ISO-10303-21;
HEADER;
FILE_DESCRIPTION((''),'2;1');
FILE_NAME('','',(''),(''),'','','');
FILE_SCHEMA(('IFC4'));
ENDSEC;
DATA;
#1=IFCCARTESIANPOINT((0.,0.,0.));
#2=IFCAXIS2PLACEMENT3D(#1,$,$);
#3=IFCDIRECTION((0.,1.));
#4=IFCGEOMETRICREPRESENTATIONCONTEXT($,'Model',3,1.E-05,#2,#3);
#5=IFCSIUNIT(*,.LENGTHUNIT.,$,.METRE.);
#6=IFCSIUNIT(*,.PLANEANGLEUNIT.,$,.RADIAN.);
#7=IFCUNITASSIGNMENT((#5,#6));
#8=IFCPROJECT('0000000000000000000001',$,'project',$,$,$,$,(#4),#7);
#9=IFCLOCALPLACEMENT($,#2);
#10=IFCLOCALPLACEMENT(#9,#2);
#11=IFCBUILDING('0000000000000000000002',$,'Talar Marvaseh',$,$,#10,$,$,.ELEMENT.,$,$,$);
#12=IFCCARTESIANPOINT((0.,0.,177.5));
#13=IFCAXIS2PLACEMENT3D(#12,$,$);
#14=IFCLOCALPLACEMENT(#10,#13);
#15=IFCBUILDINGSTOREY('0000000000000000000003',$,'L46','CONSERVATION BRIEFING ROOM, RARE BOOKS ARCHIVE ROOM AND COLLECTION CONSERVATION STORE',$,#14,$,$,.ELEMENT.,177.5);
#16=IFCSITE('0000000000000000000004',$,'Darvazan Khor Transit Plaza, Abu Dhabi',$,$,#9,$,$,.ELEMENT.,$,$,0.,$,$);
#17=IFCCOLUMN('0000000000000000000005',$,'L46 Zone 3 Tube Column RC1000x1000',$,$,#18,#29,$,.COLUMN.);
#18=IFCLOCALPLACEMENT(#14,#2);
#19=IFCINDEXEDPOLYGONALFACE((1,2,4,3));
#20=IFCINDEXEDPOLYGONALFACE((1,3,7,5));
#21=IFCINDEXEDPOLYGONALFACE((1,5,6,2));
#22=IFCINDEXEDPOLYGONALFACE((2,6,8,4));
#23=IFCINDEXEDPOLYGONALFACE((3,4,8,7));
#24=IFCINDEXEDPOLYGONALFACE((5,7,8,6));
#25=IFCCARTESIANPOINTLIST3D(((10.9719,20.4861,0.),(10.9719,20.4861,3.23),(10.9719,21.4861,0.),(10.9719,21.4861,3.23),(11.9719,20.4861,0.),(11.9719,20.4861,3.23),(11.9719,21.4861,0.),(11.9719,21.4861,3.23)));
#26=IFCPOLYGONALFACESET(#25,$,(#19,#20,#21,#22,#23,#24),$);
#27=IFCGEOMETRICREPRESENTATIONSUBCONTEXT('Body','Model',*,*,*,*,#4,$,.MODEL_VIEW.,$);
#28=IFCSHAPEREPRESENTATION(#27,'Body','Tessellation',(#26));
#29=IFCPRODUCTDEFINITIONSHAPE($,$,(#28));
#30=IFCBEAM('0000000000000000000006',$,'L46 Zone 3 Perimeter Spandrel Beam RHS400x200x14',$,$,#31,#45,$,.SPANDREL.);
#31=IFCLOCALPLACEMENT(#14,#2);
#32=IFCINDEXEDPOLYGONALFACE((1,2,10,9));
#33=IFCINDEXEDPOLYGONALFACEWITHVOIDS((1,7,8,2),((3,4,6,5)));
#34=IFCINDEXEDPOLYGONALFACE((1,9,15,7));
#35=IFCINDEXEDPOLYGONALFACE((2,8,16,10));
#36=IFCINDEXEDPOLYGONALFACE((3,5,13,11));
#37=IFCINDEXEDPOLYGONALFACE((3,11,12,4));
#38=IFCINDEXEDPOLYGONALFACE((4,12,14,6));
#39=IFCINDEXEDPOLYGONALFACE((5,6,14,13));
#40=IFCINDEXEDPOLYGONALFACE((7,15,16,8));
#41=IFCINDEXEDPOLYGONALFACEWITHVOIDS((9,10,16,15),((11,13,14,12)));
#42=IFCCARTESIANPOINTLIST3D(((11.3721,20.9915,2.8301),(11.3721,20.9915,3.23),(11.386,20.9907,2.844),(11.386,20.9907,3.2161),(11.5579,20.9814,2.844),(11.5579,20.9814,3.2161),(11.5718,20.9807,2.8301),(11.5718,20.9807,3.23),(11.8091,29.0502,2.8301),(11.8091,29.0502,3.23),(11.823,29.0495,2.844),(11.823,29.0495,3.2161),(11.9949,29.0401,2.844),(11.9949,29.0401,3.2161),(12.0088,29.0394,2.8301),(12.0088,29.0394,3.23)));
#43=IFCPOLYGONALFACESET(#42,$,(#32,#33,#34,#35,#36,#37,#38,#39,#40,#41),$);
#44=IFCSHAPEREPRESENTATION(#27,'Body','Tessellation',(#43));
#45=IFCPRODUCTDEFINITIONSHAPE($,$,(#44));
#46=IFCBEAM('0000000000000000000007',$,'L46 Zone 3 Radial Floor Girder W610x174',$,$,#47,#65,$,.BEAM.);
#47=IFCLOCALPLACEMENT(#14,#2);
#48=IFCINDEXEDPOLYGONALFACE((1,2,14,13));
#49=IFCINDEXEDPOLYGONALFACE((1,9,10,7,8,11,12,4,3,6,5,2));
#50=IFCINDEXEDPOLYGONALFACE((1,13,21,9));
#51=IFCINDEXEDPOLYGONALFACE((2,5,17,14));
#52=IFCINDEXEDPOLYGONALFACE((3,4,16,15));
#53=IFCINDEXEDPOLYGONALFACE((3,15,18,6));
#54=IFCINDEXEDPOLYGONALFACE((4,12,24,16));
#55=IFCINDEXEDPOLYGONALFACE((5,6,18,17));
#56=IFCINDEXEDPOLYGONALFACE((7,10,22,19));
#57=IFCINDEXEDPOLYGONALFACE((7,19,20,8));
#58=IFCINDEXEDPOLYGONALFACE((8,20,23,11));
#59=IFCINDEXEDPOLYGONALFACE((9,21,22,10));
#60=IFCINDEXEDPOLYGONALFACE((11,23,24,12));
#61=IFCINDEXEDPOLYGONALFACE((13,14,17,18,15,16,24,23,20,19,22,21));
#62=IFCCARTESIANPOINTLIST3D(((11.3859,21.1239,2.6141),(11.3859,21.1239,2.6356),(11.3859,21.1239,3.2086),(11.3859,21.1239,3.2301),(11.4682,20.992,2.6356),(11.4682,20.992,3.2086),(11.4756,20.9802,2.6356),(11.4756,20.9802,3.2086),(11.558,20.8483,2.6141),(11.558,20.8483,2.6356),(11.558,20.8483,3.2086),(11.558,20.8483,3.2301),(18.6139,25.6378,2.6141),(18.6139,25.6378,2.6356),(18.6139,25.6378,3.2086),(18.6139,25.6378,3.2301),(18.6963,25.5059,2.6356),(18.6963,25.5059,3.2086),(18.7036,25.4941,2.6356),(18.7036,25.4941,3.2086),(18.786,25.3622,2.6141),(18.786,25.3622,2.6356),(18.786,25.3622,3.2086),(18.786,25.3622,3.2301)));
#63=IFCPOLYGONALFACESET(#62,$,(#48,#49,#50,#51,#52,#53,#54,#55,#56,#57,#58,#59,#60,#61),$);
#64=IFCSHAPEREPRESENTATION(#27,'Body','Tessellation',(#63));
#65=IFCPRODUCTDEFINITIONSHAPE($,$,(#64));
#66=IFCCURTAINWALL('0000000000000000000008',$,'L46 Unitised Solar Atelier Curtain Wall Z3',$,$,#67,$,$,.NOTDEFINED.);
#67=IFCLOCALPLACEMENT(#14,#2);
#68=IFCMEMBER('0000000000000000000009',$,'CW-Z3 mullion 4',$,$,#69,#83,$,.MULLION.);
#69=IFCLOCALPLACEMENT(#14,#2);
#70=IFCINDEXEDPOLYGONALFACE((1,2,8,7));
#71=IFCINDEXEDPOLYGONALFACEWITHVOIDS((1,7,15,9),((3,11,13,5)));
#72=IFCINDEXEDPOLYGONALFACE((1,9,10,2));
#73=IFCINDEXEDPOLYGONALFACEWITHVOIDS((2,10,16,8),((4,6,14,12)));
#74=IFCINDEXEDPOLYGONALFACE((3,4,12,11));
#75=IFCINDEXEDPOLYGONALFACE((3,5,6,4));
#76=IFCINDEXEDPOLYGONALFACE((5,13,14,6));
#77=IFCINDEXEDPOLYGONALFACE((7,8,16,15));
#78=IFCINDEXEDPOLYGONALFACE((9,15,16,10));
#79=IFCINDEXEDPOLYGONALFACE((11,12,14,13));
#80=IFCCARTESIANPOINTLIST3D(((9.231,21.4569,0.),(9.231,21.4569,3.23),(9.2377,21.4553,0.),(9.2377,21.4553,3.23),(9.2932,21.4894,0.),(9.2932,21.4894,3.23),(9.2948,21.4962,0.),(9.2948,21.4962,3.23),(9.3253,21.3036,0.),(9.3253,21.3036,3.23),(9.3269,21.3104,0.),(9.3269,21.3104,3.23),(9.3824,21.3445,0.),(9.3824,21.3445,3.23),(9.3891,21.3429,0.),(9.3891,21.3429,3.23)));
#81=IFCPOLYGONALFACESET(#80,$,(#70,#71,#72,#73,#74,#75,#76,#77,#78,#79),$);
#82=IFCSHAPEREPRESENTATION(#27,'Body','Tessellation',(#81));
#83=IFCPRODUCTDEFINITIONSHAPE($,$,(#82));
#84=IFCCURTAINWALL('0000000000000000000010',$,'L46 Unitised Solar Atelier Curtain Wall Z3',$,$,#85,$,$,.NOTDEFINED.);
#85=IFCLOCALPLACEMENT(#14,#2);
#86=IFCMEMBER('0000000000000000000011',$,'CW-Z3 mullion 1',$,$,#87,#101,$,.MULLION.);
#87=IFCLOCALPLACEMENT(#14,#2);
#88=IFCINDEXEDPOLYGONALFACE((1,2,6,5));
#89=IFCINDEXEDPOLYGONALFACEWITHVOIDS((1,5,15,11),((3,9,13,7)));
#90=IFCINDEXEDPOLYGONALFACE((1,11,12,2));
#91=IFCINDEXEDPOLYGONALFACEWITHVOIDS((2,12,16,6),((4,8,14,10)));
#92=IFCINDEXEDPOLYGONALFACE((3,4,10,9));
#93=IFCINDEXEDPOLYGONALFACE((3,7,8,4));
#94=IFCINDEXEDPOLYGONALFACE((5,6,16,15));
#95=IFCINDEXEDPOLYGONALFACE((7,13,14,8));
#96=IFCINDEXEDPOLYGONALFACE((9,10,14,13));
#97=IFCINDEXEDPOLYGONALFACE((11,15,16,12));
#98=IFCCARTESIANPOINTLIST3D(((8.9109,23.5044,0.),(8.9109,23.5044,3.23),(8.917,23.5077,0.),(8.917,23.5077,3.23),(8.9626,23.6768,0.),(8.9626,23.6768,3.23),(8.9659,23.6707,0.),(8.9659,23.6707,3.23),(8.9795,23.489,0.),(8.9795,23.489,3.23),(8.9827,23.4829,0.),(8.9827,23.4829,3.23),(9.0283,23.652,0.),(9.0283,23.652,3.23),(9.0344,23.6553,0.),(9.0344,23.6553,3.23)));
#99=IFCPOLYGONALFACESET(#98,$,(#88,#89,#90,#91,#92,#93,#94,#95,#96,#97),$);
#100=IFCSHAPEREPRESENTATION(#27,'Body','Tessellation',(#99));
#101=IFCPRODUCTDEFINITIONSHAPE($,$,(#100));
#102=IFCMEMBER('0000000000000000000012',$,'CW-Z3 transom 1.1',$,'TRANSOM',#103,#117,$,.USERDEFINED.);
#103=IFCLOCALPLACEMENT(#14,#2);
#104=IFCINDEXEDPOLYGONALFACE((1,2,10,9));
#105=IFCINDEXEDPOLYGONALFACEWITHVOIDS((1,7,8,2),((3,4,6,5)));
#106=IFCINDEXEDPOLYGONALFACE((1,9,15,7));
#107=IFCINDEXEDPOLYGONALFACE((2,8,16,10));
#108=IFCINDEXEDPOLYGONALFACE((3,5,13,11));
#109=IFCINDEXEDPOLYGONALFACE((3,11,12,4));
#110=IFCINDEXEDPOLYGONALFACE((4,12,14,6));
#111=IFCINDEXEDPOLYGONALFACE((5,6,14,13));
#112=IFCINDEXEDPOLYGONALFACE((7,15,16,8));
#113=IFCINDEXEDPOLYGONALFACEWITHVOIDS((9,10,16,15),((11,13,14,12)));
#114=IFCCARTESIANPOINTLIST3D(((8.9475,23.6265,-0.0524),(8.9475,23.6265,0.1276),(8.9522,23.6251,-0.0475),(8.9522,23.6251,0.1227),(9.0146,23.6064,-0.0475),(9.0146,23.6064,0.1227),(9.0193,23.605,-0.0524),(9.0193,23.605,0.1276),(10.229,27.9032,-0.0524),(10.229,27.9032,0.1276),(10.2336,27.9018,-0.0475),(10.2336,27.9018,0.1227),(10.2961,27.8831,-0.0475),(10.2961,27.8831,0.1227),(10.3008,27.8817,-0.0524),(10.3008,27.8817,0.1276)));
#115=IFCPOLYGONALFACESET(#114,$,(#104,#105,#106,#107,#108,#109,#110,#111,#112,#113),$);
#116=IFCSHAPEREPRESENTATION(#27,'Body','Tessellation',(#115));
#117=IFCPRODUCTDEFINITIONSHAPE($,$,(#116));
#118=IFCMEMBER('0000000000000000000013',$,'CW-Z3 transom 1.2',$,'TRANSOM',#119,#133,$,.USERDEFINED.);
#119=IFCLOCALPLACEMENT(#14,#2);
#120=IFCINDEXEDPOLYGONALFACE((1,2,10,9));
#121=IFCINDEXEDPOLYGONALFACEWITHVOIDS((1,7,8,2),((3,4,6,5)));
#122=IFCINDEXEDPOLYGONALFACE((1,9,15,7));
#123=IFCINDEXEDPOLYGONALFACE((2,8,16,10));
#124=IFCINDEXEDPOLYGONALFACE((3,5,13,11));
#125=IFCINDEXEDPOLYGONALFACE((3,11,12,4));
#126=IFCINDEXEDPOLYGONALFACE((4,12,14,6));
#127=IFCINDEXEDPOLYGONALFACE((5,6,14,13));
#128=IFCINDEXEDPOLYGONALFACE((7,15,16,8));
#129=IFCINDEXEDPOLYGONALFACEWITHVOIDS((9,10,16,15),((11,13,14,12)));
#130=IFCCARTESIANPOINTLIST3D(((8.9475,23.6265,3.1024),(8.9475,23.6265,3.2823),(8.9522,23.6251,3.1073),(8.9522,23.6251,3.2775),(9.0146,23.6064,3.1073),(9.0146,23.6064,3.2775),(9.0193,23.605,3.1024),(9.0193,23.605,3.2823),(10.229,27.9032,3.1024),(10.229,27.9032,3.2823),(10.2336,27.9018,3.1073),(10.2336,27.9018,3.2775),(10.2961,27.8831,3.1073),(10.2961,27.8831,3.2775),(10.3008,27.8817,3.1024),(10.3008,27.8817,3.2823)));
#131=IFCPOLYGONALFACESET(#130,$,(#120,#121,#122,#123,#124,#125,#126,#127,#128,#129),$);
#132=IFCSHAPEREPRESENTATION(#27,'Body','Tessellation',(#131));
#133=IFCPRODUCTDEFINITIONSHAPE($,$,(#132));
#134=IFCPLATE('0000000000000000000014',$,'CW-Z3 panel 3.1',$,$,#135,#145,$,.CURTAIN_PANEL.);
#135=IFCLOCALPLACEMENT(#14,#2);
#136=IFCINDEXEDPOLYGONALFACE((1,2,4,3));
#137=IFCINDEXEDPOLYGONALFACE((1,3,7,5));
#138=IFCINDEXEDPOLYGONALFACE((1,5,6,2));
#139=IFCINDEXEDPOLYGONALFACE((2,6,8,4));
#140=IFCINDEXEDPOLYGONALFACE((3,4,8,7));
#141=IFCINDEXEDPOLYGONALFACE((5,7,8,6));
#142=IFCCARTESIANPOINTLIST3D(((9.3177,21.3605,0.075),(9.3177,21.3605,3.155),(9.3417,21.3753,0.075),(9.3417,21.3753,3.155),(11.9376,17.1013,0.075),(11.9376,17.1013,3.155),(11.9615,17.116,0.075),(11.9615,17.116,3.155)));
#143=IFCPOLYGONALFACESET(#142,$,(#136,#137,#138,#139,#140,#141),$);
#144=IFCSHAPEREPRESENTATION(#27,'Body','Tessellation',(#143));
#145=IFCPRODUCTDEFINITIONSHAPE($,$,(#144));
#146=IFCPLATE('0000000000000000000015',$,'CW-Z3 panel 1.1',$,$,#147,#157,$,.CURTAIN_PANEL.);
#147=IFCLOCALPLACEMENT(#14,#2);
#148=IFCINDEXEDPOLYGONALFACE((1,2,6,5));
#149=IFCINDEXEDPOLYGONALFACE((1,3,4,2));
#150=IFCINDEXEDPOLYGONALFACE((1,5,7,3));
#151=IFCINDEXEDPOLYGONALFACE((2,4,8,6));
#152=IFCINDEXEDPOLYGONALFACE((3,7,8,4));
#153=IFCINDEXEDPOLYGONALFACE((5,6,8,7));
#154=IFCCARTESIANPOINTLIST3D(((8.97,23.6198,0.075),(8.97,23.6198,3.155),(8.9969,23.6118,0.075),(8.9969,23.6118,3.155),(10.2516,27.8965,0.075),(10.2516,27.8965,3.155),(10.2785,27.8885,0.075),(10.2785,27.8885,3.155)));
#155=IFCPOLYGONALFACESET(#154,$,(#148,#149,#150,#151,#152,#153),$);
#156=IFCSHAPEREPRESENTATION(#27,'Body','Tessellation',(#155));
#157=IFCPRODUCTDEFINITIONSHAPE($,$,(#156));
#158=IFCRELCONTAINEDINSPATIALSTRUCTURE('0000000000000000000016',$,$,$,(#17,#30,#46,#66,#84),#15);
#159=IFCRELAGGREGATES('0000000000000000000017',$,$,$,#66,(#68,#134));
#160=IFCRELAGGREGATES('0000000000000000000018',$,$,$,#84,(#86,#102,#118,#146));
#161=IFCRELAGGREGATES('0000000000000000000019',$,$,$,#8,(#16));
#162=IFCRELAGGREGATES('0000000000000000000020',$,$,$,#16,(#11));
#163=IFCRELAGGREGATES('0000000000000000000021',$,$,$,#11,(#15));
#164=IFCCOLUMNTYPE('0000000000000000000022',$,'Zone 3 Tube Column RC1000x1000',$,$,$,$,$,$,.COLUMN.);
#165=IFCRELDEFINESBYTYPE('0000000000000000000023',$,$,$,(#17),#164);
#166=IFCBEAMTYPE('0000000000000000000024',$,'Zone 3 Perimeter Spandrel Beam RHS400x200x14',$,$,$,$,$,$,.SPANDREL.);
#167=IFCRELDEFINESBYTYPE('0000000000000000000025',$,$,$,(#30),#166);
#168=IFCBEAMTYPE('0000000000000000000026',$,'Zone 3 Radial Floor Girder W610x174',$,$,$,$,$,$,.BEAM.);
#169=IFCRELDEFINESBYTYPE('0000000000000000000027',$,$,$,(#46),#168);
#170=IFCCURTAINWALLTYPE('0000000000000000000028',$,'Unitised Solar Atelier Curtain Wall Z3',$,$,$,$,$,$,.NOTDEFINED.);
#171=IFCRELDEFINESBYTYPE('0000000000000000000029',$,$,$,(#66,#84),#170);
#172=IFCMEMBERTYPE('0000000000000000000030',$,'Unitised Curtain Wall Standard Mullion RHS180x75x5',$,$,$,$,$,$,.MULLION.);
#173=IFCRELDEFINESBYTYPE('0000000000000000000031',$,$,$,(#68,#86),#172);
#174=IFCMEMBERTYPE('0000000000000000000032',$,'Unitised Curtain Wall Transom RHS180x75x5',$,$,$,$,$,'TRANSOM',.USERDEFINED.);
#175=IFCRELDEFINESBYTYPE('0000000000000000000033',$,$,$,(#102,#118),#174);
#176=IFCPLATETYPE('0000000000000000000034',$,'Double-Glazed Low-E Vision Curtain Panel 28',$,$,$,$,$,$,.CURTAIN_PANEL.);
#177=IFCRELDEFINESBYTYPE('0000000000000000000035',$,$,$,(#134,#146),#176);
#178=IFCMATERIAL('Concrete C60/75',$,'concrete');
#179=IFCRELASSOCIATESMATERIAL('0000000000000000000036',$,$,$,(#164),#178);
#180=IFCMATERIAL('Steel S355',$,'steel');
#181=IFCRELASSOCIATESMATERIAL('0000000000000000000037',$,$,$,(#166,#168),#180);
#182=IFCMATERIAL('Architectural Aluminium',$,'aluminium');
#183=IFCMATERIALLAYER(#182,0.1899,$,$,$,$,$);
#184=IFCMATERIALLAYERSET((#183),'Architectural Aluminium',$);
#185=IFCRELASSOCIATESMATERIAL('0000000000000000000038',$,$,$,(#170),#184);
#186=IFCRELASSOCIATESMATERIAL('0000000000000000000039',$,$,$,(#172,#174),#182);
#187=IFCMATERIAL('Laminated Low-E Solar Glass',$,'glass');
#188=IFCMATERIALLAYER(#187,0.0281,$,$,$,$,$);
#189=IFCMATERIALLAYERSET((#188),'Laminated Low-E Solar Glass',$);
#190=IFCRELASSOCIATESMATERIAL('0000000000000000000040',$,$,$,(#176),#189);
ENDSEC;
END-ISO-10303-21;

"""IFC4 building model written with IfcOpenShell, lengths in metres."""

from ifc_helpers import new_model, si_unit, direction, frame, origin, origin_2d, place, context, subcontext, project, spatial, rectangle, hollow_rectangle, i_section, extrude, source, transform, mapped, material, layer, layer_set, material_profile, profile_set, type_object, type_shapes, element, aggregate, save


model = new_model("IFC4")

# Units and contexts
model_context = context("Model", 3, precision=1e-05, world=origin(), true_north=direction((0.0, 1.0)))
body_context = subcontext(model_context, "Body", "Model", "MODEL_VIEW")
ifc_project = project(units=[si_unit("LENGTHUNIT", "METRE"), si_unit("PLANEANGLEUNIT", "RADIAN")], contexts=[model_context])

# Site, building, storey
site_placement = place(None, origin())
site = spatial("IfcSite", under=ifc_project, at=site_placement, Name="Darvazan Khor Transit Plaza, Abu Dhabi", CompositionType="ELEMENT", RefElevation=0.0)
building_placement = place(site_placement, origin())
building = spatial("IfcBuilding", under=site, at=building_placement, Name="Talar Marvaseh", CompositionType="ELEMENT")
storey_placement = place(building_placement, frame((0.0, 0.0, 177.5)))
storey = spatial("IfcBuildingStorey", under=building, at=storey_placement, Name="L46", Description="CONSERVATION BRIEFING ROOM, RARE BOOKS ARCHIVE ROOM AND COLLECTION CONSERVATION STORE", CompositionType="ELEMENT", Elevation=177.5)

# Column
ifc_material_1 = material(Name="Concrete C60/75", Category="concrete")
ifc_material_profile_1 = material_profile(ifc_material_1, rectangle(XDim=1.0, YDim=1.0, at=origin_2d()), Name="RC1000x1000")
ifc_profile_set_1 = profile_set([ifc_material_profile_1], Name="Concrete C60/75")
column_type = type_object("IfcColumnType", Name="Zone 3 Tube Column RC1000x1000", PredefinedType="COLUMN", material=ifc_profile_set_1)
column_placement = place(storey_placement, frame((11.4719, 20.9861, 0.0), z_axis=(0.0, 0.0, 1.0), x_axis=(1.0, 0.0, 0.0)))
element("IfcColumn", 1, at=column_placement, inside=storey, type_object=column_type, Name="L46 Zone 3 Tube Column RC1000x1000", PredefinedType="COLUMN", context=body_context, shape_type="SweptSolid", body=[
    extrude(rectangle(XDim=1.0, YDim=1.0, at=origin_2d()), origin(), (0.0, 0.0, 1.0), 3.23),
])

# Beams
ifc_material_2 = material(Name="Steel S355", Category="steel")
ifc_material_profile_2 = material_profile(ifc_material_2, hollow_rectangle(XDim=0.2, YDim=0.3999, WallThickness=0.0139, at=origin_2d()), Name="RHS400x200x14")
ifc_profile_set_2 = profile_set([ifc_material_profile_2], Name="Steel S355")
beam_type_1 = type_object("IfcBeamType", Name="Zone 3 Perimeter Spandrel Beam RHS400x200x14", PredefinedType="SPANDREL", material=ifc_profile_set_2)
beam_1_placement = place(storey_placement, frame((11.4719, 20.9861, 3.03), z_axis=(0.054148, 0.998533, 0.0), x_axis=(-0.998533, 0.054148, 0.0)))
element("IfcBeam", 2, at=beam_1_placement, inside=storey, type_object=beam_type_1, Name="L46 Zone 3 Perimeter Spandrel Beam RHS400x200x14", PredefinedType="SPANDREL", context=body_context, shape_type="SweptSolid", body=[
    extrude(hollow_rectangle(XDim=0.2, YDim=0.3999, WallThickness=0.0139, at=origin_2d()), origin(), (0.0, 0.0, 1.0), 8.0706),
])
ifc_material_profile_3 = material_profile(ifc_material_2, i_section(OverallWidth=0.325, OverallDepth=0.616, WebThickness=0.0139, FlangeThickness=0.0215, at=origin_2d()), Name="W610x174")
ifc_profile_set_3 = profile_set([ifc_material_profile_3], Name="Steel S355")
beam_type_2 = type_object("IfcBeamType", Name="Zone 3 Radial Floor Girder W610x174", PredefinedType="BEAM", material=ifc_profile_set_3)
beam_2_placement = place(storey_placement, frame((11.4719, 20.9861, 2.9221), z_axis=(0.848188, 0.529695, 0.0), x_axis=(-0.529695, 0.848188, 0.0)))
element("IfcBeam", 3, at=beam_2_placement, inside=storey, type_object=beam_type_2, Name="L46 Zone 3 Radial Floor Girder W610x174", PredefinedType="BEAM", context=body_context, shape_type="SweptSolid", body=[
    extrude(i_section(OverallWidth=0.325, OverallDepth=0.616, WebThickness=0.0139, FlangeThickness=0.0215, at=origin_2d()), origin(), (0.0, 0.0, 1.0), 8.5217),
])

# Curtain wall, member
ifc_material_3 = material(Name="Architectural Aluminium", Category="aluminium")
ifc_layer_1 = layer(ifc_material_3, 0.1899)
ifc_layer_set_1 = layer_set([ifc_layer_1], Name="Architectural Aluminium")
curtain_wall_type = type_object("IfcCurtainWallType", Name="Unitised Solar Atelier Curtain Wall Z3", PredefinedType="NOTDEFINED", material=ifc_layer_set_1)
curtain_wall_1_placement = place(storey_placement, origin())
curtain_wall_1 = element("IfcCurtainWall", 4, at=curtain_wall_1_placement, inside=storey, type_object=curtain_wall_type, Name="L46 Unitised Solar Atelier Curtain Wall Z3", PredefinedType="NOTDEFINED")
ifc_material_profile_4 = material_profile(ifc_material_3, hollow_rectangle(XDim=0.075, YDim=0.1799, WallThickness=0.0049, at=origin_2d()), Name="RHS180x75x5")
ifc_profile_set_4 = profile_set([ifc_material_profile_4], Name="Architectural Aluminium")
member_type_1 = type_object("IfcMemberType", Name="Unitised Curtain Wall Standard Mullion RHS180x75x5", PredefinedType="MULLION", material=ifc_profile_set_4)
shared_shape_1 = source(origin(), body_context, "Body", "SweptSolid", [
    extrude(hollow_rectangle(XDim=0.075, YDim=0.1799, WallThickness=0.0049, at=origin_2d()), origin(), (0.0, 0.0, 1.0), 3.23),
])
type_shapes(member_type_1, [shared_shape_1])
member_1_placement = place(storey_placement, frame((9.3101, 21.3999, 0.0), z_axis=(0.0, 0.0, 1.0), x_axis=(-0.851764, -0.523926, 0.0)))
member_1 = element("IfcMember", 5, at=member_1_placement, type_object=member_type_1, Name="CW-Z3 mullion 4", PredefinedType="MULLION", context=body_context, shape_type="MappedRepresentation", body=[
    mapped(shared_shape_1, transform((0.0, 0.0, 0.0), x_axis=(1.0, 0.0, 0.0), y_axis=(0.0, 1.0, 0.0), z_axis=(0.0, 0.0, 1.0), scale=1.0)),
])

# Curtain wall, members
curtain_wall_2_placement = place(storey_placement, origin())
curtain_wall_2 = element("IfcCurtainWall", 6, at=curtain_wall_2_placement, inside=storey, type_object=curtain_wall_type, Name="L46 Unitised Solar Atelier Curtain Wall Z3", PredefinedType="NOTDEFINED")
member_2_placement = place(storey_placement, frame((8.9727, 23.5798, 0.0), z_axis=(0.0, 0.0, 1.0), x_axis=(-0.957913, 0.28706, 0.0)))
member_2 = element("IfcMember", 7, at=member_2_placement, type_object=member_type_1, Name="CW-Z3 mullion 1", PredefinedType="MULLION", context=body_context, shape_type="MappedRepresentation", body=[
    mapped(shared_shape_1, transform((0.0, 0.0, 0.0), x_axis=(1.0, 0.0, 0.0), y_axis=(0.0, 1.0, 0.0), z_axis=(0.0, 0.0, 1.0), scale=1.0)),
])
ifc_material_profile_5 = material_profile(ifc_material_3, hollow_rectangle(XDim=0.075, YDim=0.1799, WallThickness=0.0049, at=origin_2d()), Name="RHS180x75x5")
ifc_profile_set_5 = profile_set([ifc_material_profile_5], Name="Architectural Aluminium")
member_type_2 = type_object("IfcMemberType", Name="Unitised Curtain Wall Transom RHS180x75x5", ElementType="TRANSOM", PredefinedType="USERDEFINED", material=ifc_profile_set_5)
shared_shape_2 = source(origin(), body_context, "Body", "SweptSolid", [
    extrude(hollow_rectangle(XDim=0.075, YDim=0.1799, WallThickness=0.0049, at=origin_2d()), origin(), (0.0, 0.0, 1.0), 4.4646),
])
type_shapes(member_type_2, [shared_shape_2])
member_3_placement = place(storey_placement, frame((8.9834, 23.6157, 0.0376), z_axis=(0.287027, 0.957923, 0.0), x_axis=(-0.957923, 0.287027, 0.0)))
member_3 = element("IfcMember", 8, at=member_3_placement, type_object=member_type_2, Name="CW-Z3 transom 1.1", ObjectType="TRANSOM", PredefinedType="USERDEFINED", context=body_context, shape_type="MappedRepresentation", body=[
    mapped(shared_shape_2, transform((0.0, 0.0, 0.0), x_axis=(1.0, 0.0, 0.0), y_axis=(0.0, 1.0, 0.0), z_axis=(0.0, 0.0, 1.0), scale=1.0)),
])
member_4_placement = place(storey_placement, frame((8.9834, 23.6157, 3.1924), z_axis=(0.287027, 0.957923, 0.0), x_axis=(-0.957923, 0.287027, 0.0)))
member_4 = element("IfcMember", 9, at=member_4_placement, type_object=member_type_2, Name="CW-Z3 transom 1.2", ObjectType="TRANSOM", PredefinedType="USERDEFINED", context=body_context, shape_type="MappedRepresentation", body=[
    mapped(shared_shape_2, transform((0.0, 0.0, 0.0), x_axis=(1.0, 0.0, 0.0), y_axis=(0.0, 1.0, 0.0), z_axis=(0.0, 0.0, 1.0), scale=1.0)),
])

# Plates
ifc_material_4 = material(Name="Laminated Low-E Solar Glass", Category="glass")
ifc_layer_2 = layer(ifc_material_4, 0.0281)
ifc_layer_set_2 = layer_set([ifc_layer_2], Name="Laminated Low-E Solar Glass")
plate_type = type_object("IfcPlateType", Name="Double-Glazed Low-E Vision Curtain Panel 28", PredefinedType="CURTAIN_PANEL", material=ifc_layer_set_2)
shared_shape_3 = source(origin(), body_context, "Body", "SweptSolid", [
    extrude(rectangle(XDim=5.0005, YDim=0.0281, at=origin_2d()), origin(), (0.0, 0.0, 1.0), 3.0801),
])
plate_1_placement = place(storey_placement, frame((10.6396, 19.2383, 0.075), z_axis=(0.0, 0.0, 1.0), x_axis=(-0.523926, 0.851764, 0.0)))
plate_1 = element("IfcPlate", 10, at=plate_1_placement, type_object=plate_type, Name="CW-Z3 panel 3.1", PredefinedType="CURTAIN_PANEL", context=body_context, shape_type="MappedRepresentation", body=[
    mapped(shared_shape_3, transform((0.0, 0.0, 0.0), x_axis=(1.0, 0.0, 0.0), y_axis=(0.0, 1.0, 0.0), z_axis=(0.0, 0.0, 1.0), scale=1.0)),
])
aggregate(curtain_wall_1, [member_1, plate_1])
shared_shape_4 = source(origin(), body_context, "Body", "SweptSolid", [
    extrude(rectangle(XDim=4.4646, YDim=0.0281, at=origin_2d()), origin(), (0.0, 0.0, 1.0), 3.0801),
])
type_shapes(plate_type, [shared_shape_3, shared_shape_4])
plate_2_placement = place(storey_placement, frame((9.6243, 25.7542, 0.075), z_axis=(0.0, 0.0, 1.0), x_axis=(0.28706, 0.957913, 0.0)))
plate_2 = element("IfcPlate", 11, at=plate_2_placement, type_object=plate_type, Name="CW-Z3 panel 1.1", PredefinedType="CURTAIN_PANEL", context=body_context, shape_type="MappedRepresentation", body=[
    mapped(shared_shape_4, transform((0.0, 0.0, 0.0), x_axis=(1.0, 0.0, 0.0), y_axis=(0.0, 1.0, 0.0), z_axis=(0.0, 0.0, 1.0), scale=1.0)),
])
aggregate(curtain_wall_2, [member_2, member_3, member_4, plate_2])

save(model, "model.ifc")
